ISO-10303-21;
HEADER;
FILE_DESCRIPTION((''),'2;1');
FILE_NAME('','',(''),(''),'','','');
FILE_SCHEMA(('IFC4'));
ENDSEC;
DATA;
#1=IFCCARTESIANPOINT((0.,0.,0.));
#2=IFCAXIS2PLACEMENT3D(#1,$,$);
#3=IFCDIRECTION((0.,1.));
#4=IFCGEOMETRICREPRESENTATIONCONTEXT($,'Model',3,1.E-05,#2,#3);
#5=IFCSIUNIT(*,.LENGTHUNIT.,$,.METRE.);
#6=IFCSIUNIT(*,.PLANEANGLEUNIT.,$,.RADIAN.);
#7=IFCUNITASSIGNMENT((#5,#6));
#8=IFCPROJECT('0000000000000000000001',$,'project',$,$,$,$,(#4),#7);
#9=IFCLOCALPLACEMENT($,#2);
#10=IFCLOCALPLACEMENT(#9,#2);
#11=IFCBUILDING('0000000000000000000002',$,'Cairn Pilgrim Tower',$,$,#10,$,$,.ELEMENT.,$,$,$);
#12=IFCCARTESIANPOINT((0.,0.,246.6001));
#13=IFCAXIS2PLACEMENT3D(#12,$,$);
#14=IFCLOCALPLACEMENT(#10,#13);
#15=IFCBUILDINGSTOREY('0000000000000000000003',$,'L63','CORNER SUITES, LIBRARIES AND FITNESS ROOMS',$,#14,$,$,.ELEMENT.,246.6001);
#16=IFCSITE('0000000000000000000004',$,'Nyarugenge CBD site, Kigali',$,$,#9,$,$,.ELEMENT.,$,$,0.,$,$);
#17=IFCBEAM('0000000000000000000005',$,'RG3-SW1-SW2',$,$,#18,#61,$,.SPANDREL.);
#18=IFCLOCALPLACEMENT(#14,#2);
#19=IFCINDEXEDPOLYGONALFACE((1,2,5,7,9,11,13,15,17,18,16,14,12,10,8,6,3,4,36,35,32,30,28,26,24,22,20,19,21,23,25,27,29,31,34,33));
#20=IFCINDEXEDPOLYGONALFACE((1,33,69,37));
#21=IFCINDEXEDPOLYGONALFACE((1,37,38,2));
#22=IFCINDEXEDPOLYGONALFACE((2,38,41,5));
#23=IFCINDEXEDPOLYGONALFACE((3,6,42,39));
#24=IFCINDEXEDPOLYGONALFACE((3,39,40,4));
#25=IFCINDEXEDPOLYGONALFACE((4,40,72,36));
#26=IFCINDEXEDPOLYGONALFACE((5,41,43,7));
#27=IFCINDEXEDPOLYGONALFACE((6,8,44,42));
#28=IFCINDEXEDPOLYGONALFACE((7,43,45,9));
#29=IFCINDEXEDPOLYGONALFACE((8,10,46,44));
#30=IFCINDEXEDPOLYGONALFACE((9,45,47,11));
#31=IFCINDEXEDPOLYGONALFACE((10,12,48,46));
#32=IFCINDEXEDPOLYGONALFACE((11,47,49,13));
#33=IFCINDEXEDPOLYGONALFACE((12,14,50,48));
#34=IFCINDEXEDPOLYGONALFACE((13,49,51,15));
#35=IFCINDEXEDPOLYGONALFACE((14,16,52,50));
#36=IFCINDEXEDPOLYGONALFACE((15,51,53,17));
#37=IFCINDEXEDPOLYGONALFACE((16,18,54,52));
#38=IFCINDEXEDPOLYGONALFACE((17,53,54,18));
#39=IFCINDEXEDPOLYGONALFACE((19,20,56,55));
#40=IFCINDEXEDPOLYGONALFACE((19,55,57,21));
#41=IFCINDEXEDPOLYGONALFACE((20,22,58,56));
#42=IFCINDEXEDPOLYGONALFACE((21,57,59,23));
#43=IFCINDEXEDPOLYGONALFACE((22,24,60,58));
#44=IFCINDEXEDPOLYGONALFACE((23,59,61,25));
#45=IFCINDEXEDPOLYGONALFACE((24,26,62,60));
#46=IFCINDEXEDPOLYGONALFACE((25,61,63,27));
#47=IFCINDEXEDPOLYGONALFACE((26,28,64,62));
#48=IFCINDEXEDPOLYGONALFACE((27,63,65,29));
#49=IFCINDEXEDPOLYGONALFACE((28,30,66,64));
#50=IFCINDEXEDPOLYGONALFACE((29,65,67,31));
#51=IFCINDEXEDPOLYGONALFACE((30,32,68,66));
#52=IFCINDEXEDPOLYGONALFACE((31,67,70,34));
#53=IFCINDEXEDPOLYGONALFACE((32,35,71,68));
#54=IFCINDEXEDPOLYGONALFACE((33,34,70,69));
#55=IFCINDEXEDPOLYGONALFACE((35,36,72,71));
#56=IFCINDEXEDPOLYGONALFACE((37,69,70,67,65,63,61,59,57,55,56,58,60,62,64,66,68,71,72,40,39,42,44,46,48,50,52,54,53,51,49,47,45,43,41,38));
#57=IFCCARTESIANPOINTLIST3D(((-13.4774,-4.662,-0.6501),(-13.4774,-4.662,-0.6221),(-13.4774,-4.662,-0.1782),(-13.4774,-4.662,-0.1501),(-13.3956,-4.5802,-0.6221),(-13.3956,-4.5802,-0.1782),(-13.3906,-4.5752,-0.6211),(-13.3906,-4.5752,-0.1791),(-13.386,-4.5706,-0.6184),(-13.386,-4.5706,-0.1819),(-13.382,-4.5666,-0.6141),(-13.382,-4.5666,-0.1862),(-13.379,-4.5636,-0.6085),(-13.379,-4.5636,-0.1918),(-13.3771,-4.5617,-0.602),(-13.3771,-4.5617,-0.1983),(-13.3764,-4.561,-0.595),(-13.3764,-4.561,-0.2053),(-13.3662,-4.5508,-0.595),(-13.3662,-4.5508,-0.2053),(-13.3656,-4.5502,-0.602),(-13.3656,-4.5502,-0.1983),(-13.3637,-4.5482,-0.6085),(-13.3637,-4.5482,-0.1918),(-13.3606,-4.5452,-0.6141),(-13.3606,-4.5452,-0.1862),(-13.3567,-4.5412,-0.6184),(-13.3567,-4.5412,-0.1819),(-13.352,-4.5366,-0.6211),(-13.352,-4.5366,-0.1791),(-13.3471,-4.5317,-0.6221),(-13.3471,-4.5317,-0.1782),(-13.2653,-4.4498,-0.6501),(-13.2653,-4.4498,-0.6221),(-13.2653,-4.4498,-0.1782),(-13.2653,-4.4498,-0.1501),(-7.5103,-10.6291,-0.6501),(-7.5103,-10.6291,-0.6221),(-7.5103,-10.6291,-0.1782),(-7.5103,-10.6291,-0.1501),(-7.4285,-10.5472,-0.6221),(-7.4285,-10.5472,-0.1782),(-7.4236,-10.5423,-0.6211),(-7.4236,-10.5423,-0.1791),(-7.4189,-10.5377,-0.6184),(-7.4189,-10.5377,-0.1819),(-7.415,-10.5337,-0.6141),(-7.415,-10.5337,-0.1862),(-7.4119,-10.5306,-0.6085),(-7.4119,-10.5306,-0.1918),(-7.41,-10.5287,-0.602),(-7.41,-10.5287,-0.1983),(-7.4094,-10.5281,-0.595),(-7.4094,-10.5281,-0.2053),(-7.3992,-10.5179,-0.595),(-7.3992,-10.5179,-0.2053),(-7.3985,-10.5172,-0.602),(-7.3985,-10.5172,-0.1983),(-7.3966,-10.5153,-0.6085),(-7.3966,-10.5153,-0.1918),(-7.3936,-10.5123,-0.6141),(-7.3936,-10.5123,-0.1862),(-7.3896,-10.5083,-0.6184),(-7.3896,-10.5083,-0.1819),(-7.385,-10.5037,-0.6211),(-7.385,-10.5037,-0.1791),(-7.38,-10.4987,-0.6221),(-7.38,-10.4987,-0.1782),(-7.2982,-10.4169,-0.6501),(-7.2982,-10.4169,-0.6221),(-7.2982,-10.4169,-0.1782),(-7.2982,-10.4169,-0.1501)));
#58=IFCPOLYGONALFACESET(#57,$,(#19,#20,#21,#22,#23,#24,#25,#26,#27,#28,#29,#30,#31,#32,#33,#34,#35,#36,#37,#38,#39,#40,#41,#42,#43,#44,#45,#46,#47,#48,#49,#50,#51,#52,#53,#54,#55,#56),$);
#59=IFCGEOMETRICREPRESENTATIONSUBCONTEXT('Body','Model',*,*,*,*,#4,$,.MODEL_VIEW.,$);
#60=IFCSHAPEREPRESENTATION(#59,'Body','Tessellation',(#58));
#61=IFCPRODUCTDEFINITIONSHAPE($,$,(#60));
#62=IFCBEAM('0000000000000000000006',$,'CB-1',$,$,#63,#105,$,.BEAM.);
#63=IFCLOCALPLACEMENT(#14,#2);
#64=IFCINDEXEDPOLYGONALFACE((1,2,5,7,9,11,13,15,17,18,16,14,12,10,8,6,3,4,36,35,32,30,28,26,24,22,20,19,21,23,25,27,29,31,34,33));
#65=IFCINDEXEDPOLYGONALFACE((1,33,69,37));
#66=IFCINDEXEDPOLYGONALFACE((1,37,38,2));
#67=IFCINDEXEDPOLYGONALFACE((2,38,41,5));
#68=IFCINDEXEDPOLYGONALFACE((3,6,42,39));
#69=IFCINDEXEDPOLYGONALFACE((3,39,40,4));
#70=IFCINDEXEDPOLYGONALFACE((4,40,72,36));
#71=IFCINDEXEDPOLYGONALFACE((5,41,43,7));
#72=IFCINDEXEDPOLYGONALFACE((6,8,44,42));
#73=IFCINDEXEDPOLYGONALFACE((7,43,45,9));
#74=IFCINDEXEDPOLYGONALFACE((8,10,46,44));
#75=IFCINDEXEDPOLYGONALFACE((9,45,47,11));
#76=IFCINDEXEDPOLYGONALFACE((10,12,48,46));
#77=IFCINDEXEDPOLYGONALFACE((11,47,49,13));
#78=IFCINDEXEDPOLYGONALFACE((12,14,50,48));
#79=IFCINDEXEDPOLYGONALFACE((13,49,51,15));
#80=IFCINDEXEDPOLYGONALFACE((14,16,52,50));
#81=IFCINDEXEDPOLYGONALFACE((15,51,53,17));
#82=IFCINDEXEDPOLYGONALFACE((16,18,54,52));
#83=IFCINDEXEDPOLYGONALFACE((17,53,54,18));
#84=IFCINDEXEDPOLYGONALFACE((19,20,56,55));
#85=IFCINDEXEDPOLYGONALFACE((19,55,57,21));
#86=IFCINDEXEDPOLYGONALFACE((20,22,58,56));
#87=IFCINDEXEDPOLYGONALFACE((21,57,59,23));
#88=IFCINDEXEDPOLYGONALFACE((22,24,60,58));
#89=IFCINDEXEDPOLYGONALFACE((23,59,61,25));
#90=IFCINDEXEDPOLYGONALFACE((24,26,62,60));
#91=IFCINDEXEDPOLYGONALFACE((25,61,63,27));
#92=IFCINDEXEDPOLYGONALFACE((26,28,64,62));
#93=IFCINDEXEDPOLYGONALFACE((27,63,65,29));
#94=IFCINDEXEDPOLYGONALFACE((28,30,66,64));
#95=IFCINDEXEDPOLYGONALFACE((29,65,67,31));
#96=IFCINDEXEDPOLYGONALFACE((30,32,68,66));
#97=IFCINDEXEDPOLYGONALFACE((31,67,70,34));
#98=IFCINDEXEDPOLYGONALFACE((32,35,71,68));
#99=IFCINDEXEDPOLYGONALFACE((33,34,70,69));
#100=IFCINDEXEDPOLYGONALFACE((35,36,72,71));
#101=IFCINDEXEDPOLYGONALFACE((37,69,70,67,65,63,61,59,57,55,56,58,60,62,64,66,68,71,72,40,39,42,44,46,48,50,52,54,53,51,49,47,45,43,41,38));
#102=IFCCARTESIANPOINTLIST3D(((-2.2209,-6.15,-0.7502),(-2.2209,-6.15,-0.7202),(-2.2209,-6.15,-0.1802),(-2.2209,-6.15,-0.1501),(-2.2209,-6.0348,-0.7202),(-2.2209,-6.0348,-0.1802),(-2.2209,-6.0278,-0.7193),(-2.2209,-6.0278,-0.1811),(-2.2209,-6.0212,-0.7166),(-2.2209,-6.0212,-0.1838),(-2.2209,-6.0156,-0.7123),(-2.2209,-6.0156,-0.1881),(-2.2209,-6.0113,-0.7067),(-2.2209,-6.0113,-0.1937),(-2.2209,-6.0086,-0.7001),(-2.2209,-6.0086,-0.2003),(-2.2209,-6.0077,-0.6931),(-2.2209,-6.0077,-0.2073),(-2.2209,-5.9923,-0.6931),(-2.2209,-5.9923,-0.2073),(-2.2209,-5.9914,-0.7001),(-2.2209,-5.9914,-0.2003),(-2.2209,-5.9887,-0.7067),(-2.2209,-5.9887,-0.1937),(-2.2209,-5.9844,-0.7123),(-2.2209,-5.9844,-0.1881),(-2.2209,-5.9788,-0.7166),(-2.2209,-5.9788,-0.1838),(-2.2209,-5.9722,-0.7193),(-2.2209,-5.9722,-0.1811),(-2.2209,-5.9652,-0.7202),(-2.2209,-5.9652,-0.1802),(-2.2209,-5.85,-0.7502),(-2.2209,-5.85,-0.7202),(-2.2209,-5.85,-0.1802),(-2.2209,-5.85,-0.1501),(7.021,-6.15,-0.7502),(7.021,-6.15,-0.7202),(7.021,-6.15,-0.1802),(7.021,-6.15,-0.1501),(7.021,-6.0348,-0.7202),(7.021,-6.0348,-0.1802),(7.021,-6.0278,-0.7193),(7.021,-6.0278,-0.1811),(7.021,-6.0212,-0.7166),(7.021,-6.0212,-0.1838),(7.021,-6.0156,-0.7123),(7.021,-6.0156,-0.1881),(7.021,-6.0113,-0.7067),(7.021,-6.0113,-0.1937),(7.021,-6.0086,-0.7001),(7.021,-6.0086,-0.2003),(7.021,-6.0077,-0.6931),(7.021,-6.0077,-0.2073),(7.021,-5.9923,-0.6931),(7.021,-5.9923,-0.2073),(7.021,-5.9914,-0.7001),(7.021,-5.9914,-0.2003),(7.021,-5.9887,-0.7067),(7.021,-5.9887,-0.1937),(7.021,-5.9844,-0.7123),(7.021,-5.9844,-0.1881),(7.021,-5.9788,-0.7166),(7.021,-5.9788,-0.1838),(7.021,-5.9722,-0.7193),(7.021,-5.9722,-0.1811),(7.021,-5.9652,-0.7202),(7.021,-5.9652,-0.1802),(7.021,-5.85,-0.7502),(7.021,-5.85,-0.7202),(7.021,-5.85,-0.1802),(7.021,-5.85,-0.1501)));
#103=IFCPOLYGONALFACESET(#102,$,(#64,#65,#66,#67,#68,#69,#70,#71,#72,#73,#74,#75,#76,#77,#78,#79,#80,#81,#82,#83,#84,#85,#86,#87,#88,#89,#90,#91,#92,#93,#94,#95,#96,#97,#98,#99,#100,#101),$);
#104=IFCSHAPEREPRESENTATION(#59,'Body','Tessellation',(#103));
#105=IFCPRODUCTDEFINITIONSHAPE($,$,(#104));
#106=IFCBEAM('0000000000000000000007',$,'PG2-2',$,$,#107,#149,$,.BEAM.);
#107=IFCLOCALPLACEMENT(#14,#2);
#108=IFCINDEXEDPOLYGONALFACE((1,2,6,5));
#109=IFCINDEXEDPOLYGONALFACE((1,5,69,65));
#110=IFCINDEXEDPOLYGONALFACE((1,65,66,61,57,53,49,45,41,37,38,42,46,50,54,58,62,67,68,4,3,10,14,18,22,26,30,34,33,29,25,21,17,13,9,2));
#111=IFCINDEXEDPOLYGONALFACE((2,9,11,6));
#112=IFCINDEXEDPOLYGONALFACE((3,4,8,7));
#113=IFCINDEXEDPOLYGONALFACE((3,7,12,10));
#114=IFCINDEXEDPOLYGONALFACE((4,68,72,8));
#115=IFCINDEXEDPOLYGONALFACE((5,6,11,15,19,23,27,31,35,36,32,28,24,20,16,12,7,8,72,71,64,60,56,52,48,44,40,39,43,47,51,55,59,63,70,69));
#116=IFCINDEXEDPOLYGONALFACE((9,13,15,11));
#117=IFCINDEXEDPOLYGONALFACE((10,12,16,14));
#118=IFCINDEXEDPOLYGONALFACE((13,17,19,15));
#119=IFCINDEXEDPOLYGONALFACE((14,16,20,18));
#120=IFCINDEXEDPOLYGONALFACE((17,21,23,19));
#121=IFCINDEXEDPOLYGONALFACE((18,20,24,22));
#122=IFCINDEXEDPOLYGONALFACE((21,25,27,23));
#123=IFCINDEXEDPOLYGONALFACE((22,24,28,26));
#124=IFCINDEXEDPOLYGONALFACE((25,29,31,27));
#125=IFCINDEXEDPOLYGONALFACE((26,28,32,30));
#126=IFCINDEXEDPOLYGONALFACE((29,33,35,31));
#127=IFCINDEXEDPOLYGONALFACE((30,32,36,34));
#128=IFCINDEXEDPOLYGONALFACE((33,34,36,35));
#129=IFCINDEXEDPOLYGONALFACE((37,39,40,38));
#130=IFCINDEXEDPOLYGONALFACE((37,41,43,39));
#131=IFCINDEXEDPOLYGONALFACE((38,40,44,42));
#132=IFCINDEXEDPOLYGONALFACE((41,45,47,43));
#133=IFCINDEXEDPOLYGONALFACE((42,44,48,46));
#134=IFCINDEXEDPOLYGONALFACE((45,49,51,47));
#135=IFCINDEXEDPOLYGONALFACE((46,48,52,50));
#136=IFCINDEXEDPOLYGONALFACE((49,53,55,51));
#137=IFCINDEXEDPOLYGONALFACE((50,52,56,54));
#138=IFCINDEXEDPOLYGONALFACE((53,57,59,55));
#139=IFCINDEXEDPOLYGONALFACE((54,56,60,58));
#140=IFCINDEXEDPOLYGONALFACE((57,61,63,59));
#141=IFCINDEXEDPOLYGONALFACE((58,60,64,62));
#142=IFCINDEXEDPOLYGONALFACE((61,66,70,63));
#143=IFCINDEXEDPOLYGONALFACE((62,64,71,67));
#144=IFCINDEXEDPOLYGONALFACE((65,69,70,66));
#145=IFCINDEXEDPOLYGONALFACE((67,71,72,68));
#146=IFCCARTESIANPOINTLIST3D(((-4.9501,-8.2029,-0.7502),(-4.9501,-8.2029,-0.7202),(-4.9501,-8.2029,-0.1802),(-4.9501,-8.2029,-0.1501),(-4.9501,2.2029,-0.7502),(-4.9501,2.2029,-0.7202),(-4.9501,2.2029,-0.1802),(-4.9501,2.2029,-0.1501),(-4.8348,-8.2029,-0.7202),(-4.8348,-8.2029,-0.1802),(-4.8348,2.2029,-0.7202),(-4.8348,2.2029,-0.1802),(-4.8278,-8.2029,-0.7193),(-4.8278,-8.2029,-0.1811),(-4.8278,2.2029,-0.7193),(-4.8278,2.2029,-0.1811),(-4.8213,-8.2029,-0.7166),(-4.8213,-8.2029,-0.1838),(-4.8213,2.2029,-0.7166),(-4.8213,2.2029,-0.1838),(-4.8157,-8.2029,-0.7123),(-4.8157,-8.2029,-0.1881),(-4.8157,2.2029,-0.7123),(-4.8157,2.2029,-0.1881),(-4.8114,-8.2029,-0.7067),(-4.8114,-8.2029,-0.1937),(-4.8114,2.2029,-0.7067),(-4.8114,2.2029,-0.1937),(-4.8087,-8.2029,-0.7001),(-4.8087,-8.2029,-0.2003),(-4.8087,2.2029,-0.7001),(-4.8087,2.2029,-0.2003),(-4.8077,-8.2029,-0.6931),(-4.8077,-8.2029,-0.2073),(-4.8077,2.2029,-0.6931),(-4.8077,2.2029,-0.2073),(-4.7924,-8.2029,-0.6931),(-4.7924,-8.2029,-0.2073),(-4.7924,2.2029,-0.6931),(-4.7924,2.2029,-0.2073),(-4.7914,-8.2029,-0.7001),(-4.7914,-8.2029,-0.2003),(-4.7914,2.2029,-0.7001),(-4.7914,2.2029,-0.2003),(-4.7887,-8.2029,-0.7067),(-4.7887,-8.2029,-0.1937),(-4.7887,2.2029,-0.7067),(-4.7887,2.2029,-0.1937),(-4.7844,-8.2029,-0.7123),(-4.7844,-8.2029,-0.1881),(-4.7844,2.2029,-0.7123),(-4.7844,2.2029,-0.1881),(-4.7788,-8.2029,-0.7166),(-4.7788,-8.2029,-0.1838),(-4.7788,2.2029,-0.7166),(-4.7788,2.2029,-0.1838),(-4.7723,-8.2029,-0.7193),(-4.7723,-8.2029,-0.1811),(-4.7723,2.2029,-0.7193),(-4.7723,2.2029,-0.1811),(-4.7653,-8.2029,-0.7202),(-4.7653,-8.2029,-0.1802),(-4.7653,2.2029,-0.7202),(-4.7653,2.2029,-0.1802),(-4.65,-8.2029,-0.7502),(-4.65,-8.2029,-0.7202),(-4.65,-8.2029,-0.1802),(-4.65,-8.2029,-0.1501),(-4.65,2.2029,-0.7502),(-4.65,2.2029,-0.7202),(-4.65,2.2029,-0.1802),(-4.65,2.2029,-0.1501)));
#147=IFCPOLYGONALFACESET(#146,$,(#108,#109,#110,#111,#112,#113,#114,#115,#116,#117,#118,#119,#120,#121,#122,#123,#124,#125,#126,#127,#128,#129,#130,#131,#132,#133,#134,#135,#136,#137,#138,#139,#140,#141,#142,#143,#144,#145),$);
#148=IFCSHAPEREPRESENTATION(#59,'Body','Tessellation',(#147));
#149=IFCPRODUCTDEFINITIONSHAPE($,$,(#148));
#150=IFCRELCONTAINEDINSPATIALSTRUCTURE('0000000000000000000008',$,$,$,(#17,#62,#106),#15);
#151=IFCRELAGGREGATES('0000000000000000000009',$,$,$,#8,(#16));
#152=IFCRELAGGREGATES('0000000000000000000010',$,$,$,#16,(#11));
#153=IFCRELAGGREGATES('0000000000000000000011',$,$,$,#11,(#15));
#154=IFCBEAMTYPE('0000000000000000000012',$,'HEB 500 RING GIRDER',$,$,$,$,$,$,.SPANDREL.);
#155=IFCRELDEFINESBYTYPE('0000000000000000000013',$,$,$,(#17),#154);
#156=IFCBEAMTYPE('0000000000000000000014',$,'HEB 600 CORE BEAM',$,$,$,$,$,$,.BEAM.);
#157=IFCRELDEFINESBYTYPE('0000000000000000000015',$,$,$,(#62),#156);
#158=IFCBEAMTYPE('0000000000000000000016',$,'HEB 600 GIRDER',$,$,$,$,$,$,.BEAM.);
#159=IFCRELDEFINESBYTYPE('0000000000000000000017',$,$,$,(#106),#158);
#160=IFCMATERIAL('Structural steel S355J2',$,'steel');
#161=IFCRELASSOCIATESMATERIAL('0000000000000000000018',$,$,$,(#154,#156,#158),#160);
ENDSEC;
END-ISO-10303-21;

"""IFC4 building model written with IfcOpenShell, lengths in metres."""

from ifc_helpers import new_model, si_unit, direction, frame, origin, origin_2d, place, context, subcontext, project, spatial, i_section, extrude, material, material_profile, profile_set, type_object, element, save


model = new_model("IFC4")

# Units and contexts
model_context = context("Model", 3, precision=1e-05, world=origin(), true_north=direction((0.0, 1.0)))
body_context = subcontext(model_context, "Body", "Model", "MODEL_VIEW")
ifc_project = project(units=[si_unit("LENGTHUNIT", "METRE"), si_unit("PLANEANGLEUNIT", "RADIAN")], contexts=[model_context])

# Site, building, storey
site_placement = place(None, origin())
site = spatial("IfcSite", under=ifc_project, at=site_placement, Name="Nyarugenge CBD site, Kigali", CompositionType="ELEMENT", RefElevation=0.0)
building_placement = place(site_placement, origin())
building = spatial("IfcBuilding", under=site, at=building_placement, Name="Cairn Pilgrim Tower", CompositionType="ELEMENT")
storey_placement = place(building_placement, frame((0.0, 0.0, 246.6001)))
storey = spatial("IfcBuildingStorey", under=building, at=storey_placement, Name="L63", Description="CORNER SUITES, LIBRARIES AND FITNESS ROOMS", CompositionType="ELEMENT", Elevation=246.6001)

# Shared definitions
ifc_material_1 = material(Name="Structural steel S355J2", Category="steel")

# Beams
ifc_material_profile_1 = material_profile(ifc_material_1, i_section(OverallWidth=0.3, OverallDepth=0.5, WebThickness=0.0144, FlangeThickness=0.0281, FilletRadius=0.0271, at=origin_2d()), Name="HEB 500")
ifc_profile_set_1 = profile_set([ifc_material_profile_1], Name="Structural steel S355J2")
beam_type_1 = type_object("IfcBeamType", Name="HEB 500 RING GIRDER", PredefinedType="SPANDREL", material=ifc_profile_set_1)
beam_1_placement = place(storey_placement, frame((-13.3713, -4.5559, -0.4001), z_axis=(0.707107, -0.707107, 0.0), x_axis=(0.707107, 0.707107, 0.0)))
element("IfcBeam", 1, at=beam_1_placement, inside=storey, type_object=beam_type_1, Name="RG3-SW1-SW2", PredefinedType="SPANDREL", context=body_context, shape_type="SweptSolid", body=[
    extrude(i_section(OverallWidth=0.3, OverallDepth=0.5, WebThickness=0.0144, FlangeThickness=0.0281, FilletRadius=0.0271, at=origin_2d()), origin(), (0.0, 0.0, 1.0), 8.4387),
])
ifc_material_profile_2 = material_profile(ifc_material_1, i_section(OverallWidth=0.3, OverallDepth=0.6001, WebThickness=0.0154, FlangeThickness=0.03, FilletRadius=0.0271, at=origin_2d()), Name="HEB 600")
ifc_profile_set_2 = profile_set([ifc_material_profile_2], Name="Structural steel S355J2")
beam_type_2 = type_object("IfcBeamType", Name="HEB 600 CORE BEAM", PredefinedType="BEAM", material=ifc_profile_set_2)
beam_2_placement = place(storey_placement, frame((-2.2209, -6.0, -0.4502), z_axis=(1.0, 0.0, 0.0), x_axis=(0.0, 1.0, 0.0)))
element("IfcBeam", 2, at=beam_2_placement, inside=storey, type_object=beam_type_2, Name="CB-1", PredefinedType="BEAM", context=body_context, shape_type="SweptSolid", body=[
    extrude(i_section(OverallWidth=0.3, OverallDepth=0.6001, WebThickness=0.0154, FlangeThickness=0.03, FilletRadius=0.0271, at=origin_2d()), origin(), (0.0, 0.0, 1.0), 9.2419),
])
ifc_material_profile_3 = material_profile(ifc_material_1, i_section(OverallWidth=0.3, OverallDepth=0.6001, WebThickness=0.0154, FlangeThickness=0.03, FilletRadius=0.0271, at=origin_2d()), Name="HEB 600")
ifc_profile_set_3 = profile_set([ifc_material_profile_3], Name="Structural steel S355J2")
beam_type_3 = type_object("IfcBeamType", Name="HEB 600 GIRDER", PredefinedType="BEAM", material=ifc_profile_set_3)
beam_3_placement = place(storey_placement, frame((-4.8, -8.2029, -0.4502), z_axis=(0.0, 1.0, 0.0), x_axis=(-1.0, 0.0, 0.0)))
element("IfcBeam", 3, at=beam_3_placement, inside=storey, type_object=beam_type_3, Name="PG2-2", PredefinedType="BEAM", context=body_context, shape_type="SweptSolid", body=[
    extrude(i_section(OverallWidth=0.3, OverallDepth=0.6001, WebThickness=0.0154, FlangeThickness=0.03, FilletRadius=0.0271, at=origin_2d()), origin(), (0.0, 0.0, 1.0), 10.4058),
])

save(model, "model.ifc")
